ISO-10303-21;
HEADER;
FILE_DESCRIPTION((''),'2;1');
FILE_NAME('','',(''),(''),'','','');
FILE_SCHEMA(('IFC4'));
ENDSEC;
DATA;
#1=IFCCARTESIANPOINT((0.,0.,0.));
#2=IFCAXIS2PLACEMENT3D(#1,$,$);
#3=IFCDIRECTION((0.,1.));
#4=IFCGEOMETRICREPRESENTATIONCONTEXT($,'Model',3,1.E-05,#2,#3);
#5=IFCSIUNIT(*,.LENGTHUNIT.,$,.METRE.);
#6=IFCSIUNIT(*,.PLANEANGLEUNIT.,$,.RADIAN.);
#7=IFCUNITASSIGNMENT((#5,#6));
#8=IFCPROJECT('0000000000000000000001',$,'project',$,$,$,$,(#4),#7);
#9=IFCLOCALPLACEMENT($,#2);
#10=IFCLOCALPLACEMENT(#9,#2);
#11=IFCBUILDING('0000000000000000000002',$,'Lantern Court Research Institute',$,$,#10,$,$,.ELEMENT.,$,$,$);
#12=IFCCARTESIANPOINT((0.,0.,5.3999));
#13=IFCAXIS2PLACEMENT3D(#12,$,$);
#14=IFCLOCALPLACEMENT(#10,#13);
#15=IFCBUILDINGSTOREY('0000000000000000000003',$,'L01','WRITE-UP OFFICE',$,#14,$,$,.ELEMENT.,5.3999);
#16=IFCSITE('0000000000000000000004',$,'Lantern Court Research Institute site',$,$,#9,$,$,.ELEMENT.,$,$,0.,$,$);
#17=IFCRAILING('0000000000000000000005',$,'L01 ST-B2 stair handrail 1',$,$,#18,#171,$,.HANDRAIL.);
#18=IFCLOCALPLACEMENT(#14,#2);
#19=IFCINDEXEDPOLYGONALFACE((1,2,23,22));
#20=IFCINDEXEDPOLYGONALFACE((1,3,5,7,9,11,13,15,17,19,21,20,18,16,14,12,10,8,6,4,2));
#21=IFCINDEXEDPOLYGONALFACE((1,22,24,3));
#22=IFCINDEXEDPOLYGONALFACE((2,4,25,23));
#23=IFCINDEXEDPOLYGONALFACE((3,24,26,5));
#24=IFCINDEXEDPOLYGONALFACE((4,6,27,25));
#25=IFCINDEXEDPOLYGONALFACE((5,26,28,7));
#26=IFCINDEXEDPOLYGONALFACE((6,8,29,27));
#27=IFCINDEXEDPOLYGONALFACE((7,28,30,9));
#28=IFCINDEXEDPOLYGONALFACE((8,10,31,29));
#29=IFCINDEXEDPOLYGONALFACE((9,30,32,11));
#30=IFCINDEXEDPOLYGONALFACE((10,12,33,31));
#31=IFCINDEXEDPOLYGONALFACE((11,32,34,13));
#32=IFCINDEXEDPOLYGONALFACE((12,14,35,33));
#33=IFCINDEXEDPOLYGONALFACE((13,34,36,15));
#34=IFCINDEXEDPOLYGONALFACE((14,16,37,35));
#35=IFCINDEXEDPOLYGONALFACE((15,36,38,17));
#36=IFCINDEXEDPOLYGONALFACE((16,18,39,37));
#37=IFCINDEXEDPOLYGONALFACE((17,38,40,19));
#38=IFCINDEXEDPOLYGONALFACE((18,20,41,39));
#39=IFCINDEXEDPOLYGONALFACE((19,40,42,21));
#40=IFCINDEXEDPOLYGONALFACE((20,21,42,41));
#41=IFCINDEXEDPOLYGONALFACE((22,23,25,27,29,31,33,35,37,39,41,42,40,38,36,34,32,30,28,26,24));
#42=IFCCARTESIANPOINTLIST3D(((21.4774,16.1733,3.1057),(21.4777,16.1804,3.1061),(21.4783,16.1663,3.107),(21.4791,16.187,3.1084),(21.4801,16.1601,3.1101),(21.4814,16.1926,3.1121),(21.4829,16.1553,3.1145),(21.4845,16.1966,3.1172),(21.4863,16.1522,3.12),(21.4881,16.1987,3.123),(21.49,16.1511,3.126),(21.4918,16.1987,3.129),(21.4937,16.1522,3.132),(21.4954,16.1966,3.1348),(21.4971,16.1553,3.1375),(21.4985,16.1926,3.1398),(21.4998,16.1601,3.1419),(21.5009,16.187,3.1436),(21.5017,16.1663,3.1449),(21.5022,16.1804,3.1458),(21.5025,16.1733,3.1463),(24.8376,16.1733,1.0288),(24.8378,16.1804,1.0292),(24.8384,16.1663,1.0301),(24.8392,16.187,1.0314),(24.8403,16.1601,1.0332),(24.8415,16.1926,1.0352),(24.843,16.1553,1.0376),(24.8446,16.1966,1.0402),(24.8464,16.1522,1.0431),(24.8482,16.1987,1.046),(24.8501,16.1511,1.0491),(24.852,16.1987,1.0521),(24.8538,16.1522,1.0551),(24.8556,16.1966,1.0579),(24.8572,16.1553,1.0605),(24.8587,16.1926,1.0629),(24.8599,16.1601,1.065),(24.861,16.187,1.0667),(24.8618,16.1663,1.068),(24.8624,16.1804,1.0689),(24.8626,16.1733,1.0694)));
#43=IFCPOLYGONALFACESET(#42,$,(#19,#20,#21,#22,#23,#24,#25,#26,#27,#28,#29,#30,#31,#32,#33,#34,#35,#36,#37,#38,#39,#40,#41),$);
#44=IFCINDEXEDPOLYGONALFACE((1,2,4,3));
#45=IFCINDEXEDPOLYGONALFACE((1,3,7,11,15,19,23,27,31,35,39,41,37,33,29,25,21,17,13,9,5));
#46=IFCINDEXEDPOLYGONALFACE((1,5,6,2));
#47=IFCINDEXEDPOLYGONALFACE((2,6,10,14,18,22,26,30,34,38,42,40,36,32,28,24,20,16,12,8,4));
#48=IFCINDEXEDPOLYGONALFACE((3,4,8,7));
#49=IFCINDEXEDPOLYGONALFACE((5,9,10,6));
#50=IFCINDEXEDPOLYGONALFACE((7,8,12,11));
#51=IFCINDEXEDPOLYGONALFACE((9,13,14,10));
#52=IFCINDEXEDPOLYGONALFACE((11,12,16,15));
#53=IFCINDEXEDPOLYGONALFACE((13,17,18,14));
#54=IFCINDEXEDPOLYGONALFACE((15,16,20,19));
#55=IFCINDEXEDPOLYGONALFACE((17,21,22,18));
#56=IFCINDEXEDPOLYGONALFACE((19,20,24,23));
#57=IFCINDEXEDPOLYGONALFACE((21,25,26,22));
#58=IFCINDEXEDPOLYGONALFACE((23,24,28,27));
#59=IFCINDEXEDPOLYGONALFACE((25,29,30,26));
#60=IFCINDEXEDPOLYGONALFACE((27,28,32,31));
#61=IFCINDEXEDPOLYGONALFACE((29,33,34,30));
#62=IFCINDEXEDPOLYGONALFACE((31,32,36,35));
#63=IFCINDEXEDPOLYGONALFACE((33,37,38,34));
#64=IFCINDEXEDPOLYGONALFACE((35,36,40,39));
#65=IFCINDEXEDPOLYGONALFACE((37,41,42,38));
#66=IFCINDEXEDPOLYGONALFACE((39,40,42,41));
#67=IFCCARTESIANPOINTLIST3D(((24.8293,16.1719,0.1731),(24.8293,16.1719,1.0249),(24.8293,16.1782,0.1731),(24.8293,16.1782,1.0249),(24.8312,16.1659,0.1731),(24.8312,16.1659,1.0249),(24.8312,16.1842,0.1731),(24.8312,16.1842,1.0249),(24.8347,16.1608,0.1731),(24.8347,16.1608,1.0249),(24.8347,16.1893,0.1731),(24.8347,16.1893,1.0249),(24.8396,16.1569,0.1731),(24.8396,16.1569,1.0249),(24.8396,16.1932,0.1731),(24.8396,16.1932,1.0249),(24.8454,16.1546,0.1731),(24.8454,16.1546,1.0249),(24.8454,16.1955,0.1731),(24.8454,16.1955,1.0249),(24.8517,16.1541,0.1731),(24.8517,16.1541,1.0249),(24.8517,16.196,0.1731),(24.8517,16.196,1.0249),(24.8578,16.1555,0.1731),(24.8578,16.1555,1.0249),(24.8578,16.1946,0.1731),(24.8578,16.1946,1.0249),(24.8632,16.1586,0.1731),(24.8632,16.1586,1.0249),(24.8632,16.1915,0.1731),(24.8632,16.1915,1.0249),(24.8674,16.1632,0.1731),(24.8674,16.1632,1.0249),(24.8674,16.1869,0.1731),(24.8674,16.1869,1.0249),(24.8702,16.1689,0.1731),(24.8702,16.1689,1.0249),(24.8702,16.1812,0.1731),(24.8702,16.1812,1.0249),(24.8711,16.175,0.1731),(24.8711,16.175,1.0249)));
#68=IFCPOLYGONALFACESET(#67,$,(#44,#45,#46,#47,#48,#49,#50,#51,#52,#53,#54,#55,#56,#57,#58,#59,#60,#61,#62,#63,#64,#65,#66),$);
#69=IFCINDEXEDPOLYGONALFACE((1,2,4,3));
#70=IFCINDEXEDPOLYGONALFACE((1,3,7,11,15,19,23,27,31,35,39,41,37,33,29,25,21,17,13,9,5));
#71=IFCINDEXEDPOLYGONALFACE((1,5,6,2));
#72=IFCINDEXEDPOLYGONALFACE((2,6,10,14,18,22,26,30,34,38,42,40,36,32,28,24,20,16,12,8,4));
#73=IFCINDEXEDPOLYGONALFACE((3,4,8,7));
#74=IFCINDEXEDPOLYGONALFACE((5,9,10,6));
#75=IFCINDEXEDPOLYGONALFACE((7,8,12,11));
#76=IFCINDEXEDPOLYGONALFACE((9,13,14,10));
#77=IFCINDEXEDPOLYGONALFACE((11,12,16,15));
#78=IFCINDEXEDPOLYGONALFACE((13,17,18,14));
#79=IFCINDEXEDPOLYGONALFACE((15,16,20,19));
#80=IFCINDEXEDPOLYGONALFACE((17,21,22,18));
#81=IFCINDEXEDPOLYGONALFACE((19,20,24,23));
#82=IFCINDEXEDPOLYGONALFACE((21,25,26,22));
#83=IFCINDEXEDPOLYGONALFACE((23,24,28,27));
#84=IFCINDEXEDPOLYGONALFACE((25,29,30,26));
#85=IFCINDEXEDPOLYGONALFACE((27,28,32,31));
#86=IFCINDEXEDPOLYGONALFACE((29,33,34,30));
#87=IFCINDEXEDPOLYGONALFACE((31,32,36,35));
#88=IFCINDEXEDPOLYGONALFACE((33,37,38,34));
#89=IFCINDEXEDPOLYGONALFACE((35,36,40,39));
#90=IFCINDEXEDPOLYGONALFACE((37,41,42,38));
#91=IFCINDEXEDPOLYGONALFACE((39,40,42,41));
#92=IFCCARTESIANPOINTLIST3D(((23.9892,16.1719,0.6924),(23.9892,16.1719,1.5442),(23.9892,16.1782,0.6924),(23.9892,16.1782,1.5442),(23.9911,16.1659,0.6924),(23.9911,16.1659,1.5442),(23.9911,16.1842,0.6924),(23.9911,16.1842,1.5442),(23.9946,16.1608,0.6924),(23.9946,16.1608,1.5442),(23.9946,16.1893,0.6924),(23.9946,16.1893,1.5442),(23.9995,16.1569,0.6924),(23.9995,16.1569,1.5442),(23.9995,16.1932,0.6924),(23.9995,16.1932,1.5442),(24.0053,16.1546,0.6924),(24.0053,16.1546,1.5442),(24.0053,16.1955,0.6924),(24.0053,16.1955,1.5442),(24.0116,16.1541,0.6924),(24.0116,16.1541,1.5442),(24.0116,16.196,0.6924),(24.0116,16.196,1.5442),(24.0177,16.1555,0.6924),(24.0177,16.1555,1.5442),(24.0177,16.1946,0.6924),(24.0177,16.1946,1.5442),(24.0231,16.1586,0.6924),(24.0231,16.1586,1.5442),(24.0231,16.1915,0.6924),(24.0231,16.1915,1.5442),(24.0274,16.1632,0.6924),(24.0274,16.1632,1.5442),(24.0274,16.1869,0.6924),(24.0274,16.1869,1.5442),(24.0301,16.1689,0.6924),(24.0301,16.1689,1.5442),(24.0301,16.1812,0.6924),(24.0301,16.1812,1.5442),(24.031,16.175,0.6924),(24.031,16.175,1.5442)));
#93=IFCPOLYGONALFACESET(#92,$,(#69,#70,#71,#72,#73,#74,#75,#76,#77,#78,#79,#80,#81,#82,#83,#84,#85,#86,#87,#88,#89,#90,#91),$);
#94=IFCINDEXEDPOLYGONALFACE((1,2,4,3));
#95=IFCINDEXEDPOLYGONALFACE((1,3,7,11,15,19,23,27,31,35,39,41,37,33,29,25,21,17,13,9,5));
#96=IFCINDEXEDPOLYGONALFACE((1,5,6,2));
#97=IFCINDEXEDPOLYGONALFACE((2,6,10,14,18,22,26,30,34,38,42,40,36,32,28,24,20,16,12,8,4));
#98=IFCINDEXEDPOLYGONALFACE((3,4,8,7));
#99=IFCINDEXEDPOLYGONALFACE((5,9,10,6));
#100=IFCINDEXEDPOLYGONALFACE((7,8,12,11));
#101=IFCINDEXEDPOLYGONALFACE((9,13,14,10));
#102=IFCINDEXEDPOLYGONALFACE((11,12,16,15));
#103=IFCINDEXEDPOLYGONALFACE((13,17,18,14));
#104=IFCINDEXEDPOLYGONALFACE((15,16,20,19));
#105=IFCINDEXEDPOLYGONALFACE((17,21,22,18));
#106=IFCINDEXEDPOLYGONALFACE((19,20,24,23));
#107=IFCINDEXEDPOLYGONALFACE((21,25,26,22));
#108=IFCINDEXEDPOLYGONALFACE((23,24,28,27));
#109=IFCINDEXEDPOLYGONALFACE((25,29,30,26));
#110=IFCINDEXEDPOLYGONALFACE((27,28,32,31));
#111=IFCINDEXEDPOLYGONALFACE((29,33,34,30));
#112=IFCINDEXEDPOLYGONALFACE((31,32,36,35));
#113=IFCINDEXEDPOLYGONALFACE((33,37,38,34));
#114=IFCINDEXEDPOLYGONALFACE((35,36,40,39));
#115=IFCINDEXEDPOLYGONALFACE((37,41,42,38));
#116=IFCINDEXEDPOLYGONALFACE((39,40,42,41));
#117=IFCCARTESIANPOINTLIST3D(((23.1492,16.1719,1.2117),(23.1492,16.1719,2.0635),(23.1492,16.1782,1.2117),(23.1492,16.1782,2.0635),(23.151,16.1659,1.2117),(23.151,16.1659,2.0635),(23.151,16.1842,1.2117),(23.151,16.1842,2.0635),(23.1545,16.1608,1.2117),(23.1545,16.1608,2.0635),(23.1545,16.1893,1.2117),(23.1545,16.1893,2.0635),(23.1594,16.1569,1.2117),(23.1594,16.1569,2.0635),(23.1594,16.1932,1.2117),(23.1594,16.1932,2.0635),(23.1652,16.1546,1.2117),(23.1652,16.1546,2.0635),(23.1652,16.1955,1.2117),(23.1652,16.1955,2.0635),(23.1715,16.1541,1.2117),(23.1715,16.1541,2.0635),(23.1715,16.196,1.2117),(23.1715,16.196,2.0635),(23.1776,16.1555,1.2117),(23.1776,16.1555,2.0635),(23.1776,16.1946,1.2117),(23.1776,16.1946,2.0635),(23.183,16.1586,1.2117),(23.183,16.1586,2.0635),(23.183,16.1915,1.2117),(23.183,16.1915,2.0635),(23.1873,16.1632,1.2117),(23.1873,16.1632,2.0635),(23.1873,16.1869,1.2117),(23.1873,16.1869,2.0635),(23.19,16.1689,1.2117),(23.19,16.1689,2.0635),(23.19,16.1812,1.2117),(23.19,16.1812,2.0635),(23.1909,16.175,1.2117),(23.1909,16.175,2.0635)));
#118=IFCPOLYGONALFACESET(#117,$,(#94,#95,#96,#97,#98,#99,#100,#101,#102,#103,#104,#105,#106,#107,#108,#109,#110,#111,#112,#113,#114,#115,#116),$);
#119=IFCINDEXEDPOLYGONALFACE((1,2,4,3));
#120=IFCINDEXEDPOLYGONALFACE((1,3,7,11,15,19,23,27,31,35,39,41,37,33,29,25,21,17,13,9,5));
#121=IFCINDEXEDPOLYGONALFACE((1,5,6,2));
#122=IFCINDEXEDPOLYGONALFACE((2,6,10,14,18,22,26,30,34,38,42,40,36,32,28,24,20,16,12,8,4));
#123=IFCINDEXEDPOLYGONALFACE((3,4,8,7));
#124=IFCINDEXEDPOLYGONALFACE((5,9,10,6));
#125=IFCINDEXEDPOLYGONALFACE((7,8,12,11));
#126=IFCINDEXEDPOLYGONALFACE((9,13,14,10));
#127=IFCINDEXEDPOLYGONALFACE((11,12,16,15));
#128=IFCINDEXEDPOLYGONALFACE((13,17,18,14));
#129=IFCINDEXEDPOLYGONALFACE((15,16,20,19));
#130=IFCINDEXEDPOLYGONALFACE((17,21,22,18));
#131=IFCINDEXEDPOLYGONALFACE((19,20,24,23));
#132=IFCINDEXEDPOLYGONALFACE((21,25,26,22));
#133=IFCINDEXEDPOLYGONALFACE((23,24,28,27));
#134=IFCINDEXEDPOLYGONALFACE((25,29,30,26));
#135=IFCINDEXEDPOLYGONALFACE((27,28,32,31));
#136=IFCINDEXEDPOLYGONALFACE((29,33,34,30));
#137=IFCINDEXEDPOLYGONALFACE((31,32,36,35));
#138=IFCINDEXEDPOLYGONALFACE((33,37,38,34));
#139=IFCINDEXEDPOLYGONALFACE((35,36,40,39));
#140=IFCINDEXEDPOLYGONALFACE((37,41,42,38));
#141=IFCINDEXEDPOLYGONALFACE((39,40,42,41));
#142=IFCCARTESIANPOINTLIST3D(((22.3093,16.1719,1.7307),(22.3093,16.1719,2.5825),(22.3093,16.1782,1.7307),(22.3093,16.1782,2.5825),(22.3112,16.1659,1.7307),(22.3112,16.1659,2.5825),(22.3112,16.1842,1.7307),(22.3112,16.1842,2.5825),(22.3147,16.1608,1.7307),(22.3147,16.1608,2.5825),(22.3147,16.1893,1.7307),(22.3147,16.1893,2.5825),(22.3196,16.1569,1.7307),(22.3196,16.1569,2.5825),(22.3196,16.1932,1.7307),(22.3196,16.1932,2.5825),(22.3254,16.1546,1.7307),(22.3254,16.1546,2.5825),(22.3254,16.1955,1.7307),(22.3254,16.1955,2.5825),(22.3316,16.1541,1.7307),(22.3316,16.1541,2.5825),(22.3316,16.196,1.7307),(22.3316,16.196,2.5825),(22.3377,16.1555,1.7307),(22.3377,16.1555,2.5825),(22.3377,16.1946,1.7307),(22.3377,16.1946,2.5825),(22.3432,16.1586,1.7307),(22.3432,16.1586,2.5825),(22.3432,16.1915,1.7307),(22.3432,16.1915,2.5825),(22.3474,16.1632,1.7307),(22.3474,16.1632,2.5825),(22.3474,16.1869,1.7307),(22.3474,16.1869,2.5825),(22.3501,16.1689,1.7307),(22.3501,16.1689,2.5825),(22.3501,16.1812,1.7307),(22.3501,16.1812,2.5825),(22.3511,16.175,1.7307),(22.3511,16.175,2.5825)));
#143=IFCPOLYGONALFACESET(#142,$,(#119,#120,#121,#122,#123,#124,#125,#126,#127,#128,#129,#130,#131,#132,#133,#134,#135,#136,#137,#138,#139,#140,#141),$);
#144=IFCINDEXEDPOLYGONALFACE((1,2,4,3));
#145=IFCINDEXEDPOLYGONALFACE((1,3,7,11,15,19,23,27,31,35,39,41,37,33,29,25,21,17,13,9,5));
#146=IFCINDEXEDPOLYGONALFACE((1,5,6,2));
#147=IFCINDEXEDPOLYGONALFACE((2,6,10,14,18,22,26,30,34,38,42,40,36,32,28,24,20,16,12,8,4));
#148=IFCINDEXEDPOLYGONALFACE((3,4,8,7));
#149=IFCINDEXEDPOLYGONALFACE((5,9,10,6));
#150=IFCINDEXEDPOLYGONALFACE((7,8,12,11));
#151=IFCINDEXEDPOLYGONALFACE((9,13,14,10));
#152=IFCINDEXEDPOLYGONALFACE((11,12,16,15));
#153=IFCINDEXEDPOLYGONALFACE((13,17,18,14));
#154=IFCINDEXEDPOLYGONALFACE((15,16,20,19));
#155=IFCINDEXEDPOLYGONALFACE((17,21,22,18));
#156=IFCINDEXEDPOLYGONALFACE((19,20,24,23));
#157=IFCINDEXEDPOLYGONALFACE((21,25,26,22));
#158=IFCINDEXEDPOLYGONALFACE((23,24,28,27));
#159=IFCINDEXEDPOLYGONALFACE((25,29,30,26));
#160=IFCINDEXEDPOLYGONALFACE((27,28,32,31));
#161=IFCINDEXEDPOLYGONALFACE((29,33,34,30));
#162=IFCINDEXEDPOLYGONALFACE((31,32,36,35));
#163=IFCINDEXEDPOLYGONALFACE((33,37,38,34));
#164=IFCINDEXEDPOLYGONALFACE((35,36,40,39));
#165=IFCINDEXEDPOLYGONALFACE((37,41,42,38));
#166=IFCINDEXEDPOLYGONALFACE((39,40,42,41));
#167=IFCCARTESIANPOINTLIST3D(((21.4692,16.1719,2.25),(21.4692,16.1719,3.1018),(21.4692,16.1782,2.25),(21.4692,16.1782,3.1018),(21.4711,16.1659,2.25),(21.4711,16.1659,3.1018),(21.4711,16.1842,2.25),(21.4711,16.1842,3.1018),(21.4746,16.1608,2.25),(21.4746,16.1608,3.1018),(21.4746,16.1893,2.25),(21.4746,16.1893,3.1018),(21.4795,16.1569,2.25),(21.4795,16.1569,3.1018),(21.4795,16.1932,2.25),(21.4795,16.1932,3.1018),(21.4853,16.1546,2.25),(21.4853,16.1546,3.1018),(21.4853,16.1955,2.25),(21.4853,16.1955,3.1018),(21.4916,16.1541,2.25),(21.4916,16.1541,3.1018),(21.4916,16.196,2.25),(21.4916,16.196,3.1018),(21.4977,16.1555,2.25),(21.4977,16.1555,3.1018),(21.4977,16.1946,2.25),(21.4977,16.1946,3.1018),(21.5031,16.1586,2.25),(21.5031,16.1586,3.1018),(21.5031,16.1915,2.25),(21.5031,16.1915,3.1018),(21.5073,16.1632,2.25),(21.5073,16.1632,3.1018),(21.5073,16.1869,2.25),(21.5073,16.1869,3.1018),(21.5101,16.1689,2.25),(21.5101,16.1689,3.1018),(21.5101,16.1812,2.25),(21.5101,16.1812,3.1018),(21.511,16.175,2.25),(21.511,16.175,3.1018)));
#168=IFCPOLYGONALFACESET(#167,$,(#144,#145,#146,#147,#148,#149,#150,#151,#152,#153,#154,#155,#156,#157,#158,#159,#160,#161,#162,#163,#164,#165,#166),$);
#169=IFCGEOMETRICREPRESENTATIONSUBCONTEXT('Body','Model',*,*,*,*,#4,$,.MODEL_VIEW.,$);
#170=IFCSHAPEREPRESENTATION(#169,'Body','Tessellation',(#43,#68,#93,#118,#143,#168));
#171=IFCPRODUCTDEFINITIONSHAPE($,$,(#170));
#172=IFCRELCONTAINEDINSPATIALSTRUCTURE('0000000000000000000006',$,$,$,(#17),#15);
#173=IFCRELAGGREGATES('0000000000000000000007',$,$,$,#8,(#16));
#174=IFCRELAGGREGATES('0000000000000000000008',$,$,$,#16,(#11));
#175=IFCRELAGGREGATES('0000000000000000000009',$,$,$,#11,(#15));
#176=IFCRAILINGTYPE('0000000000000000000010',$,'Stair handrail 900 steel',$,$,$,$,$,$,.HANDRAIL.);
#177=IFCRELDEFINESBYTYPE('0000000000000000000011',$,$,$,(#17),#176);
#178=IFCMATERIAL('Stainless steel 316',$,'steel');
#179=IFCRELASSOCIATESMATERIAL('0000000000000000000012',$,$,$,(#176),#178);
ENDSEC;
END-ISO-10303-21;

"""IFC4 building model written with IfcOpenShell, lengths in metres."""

from ifc_helpers import new_model, si_unit, direction, frame, origin, origin_2d, place, context, subcontext, project, spatial, circle, extrude, material, type_object, element, save


model = new_model("IFC4")

# Units and contexts
model_context = context("Model", 3, precision=1e-05, world=origin(), true_north=direction((0.0, 1.0)))
body_context = subcontext(model_context, "Body", "Model", "MODEL_VIEW")
ifc_project = project(units=[si_unit("LENGTHUNIT", "METRE"), si_unit("PLANEANGLEUNIT", "RADIAN")], contexts=[model_context])

# Site, building, storey
site_placement = place(None, origin())
site = spatial("IfcSite", under=ifc_project, at=site_placement, Name="Lantern Court Research Institute site", CompositionType="ELEMENT", RefElevation=0.0)
building_placement = place(site_placement, origin())
building = spatial("IfcBuilding", under=site, at=building_placement, Name="Lantern Court Research Institute", CompositionType="ELEMENT")
storey_placement = place(building_placement, frame((0.0, 0.0, 5.3999)))
storey = spatial("IfcBuildingStorey", under=building, at=storey_placement, Name="L01", Description="WRITE-UP OFFICE", CompositionType="ELEMENT", Elevation=5.3999)

# Railing
ifc_material_1 = material(Name="Stainless steel 316", Category="steel")
railing_type = type_object("IfcRailingType", Name="Stair handrail 900 steel", PredefinedType="HANDRAIL", material=ifc_material_1)
railing_placement = place(storey_placement, frame((24.8501, 16.175, 0.1731)))
element("IfcRailing", 1, at=railing_placement, inside=storey, type_object=railing_type, Name="L01 ST-B2 stair handrail 1", PredefinedType="HANDRAIL", context=body_context, shape_type="SweptSolid", body=[
    extrude(circle(Radius=0.0239, at=origin_2d()), frame((0.0, 0.0, 0.876), z_axis=(-0.850623, 0.0, 0.525776), x_axis=(0.0, -1.0, 0.0)), (0.0, 0.0, 1.0), 3.9502),
    extrude(circle(Radius=0.021, at=origin_2d()), origin(), (0.0, 0.0, 1.0), 0.8518),
    extrude(circle(Radius=0.021, at=origin_2d()), frame((-0.8401, 0.0, 0.5193)), (0.0, 0.0, 1.0), 0.8518),
    extrude(circle(Radius=0.021, at=origin_2d()), frame((-1.6802, 0.0, 1.0386)), (0.0, 0.0, 1.0), 0.8518),
    extrude(circle(Radius=0.021, at=origin_2d()), frame((-2.52, 0.0, 1.5576)), (0.0, 0.0, 1.0), 0.8518),
    extrude(circle(Radius=0.021, at=origin_2d()), frame((-3.3601, 0.0, 2.0769)), (0.0, 0.0, 1.0), 0.8518),
])

save(model, "model.ifc")
